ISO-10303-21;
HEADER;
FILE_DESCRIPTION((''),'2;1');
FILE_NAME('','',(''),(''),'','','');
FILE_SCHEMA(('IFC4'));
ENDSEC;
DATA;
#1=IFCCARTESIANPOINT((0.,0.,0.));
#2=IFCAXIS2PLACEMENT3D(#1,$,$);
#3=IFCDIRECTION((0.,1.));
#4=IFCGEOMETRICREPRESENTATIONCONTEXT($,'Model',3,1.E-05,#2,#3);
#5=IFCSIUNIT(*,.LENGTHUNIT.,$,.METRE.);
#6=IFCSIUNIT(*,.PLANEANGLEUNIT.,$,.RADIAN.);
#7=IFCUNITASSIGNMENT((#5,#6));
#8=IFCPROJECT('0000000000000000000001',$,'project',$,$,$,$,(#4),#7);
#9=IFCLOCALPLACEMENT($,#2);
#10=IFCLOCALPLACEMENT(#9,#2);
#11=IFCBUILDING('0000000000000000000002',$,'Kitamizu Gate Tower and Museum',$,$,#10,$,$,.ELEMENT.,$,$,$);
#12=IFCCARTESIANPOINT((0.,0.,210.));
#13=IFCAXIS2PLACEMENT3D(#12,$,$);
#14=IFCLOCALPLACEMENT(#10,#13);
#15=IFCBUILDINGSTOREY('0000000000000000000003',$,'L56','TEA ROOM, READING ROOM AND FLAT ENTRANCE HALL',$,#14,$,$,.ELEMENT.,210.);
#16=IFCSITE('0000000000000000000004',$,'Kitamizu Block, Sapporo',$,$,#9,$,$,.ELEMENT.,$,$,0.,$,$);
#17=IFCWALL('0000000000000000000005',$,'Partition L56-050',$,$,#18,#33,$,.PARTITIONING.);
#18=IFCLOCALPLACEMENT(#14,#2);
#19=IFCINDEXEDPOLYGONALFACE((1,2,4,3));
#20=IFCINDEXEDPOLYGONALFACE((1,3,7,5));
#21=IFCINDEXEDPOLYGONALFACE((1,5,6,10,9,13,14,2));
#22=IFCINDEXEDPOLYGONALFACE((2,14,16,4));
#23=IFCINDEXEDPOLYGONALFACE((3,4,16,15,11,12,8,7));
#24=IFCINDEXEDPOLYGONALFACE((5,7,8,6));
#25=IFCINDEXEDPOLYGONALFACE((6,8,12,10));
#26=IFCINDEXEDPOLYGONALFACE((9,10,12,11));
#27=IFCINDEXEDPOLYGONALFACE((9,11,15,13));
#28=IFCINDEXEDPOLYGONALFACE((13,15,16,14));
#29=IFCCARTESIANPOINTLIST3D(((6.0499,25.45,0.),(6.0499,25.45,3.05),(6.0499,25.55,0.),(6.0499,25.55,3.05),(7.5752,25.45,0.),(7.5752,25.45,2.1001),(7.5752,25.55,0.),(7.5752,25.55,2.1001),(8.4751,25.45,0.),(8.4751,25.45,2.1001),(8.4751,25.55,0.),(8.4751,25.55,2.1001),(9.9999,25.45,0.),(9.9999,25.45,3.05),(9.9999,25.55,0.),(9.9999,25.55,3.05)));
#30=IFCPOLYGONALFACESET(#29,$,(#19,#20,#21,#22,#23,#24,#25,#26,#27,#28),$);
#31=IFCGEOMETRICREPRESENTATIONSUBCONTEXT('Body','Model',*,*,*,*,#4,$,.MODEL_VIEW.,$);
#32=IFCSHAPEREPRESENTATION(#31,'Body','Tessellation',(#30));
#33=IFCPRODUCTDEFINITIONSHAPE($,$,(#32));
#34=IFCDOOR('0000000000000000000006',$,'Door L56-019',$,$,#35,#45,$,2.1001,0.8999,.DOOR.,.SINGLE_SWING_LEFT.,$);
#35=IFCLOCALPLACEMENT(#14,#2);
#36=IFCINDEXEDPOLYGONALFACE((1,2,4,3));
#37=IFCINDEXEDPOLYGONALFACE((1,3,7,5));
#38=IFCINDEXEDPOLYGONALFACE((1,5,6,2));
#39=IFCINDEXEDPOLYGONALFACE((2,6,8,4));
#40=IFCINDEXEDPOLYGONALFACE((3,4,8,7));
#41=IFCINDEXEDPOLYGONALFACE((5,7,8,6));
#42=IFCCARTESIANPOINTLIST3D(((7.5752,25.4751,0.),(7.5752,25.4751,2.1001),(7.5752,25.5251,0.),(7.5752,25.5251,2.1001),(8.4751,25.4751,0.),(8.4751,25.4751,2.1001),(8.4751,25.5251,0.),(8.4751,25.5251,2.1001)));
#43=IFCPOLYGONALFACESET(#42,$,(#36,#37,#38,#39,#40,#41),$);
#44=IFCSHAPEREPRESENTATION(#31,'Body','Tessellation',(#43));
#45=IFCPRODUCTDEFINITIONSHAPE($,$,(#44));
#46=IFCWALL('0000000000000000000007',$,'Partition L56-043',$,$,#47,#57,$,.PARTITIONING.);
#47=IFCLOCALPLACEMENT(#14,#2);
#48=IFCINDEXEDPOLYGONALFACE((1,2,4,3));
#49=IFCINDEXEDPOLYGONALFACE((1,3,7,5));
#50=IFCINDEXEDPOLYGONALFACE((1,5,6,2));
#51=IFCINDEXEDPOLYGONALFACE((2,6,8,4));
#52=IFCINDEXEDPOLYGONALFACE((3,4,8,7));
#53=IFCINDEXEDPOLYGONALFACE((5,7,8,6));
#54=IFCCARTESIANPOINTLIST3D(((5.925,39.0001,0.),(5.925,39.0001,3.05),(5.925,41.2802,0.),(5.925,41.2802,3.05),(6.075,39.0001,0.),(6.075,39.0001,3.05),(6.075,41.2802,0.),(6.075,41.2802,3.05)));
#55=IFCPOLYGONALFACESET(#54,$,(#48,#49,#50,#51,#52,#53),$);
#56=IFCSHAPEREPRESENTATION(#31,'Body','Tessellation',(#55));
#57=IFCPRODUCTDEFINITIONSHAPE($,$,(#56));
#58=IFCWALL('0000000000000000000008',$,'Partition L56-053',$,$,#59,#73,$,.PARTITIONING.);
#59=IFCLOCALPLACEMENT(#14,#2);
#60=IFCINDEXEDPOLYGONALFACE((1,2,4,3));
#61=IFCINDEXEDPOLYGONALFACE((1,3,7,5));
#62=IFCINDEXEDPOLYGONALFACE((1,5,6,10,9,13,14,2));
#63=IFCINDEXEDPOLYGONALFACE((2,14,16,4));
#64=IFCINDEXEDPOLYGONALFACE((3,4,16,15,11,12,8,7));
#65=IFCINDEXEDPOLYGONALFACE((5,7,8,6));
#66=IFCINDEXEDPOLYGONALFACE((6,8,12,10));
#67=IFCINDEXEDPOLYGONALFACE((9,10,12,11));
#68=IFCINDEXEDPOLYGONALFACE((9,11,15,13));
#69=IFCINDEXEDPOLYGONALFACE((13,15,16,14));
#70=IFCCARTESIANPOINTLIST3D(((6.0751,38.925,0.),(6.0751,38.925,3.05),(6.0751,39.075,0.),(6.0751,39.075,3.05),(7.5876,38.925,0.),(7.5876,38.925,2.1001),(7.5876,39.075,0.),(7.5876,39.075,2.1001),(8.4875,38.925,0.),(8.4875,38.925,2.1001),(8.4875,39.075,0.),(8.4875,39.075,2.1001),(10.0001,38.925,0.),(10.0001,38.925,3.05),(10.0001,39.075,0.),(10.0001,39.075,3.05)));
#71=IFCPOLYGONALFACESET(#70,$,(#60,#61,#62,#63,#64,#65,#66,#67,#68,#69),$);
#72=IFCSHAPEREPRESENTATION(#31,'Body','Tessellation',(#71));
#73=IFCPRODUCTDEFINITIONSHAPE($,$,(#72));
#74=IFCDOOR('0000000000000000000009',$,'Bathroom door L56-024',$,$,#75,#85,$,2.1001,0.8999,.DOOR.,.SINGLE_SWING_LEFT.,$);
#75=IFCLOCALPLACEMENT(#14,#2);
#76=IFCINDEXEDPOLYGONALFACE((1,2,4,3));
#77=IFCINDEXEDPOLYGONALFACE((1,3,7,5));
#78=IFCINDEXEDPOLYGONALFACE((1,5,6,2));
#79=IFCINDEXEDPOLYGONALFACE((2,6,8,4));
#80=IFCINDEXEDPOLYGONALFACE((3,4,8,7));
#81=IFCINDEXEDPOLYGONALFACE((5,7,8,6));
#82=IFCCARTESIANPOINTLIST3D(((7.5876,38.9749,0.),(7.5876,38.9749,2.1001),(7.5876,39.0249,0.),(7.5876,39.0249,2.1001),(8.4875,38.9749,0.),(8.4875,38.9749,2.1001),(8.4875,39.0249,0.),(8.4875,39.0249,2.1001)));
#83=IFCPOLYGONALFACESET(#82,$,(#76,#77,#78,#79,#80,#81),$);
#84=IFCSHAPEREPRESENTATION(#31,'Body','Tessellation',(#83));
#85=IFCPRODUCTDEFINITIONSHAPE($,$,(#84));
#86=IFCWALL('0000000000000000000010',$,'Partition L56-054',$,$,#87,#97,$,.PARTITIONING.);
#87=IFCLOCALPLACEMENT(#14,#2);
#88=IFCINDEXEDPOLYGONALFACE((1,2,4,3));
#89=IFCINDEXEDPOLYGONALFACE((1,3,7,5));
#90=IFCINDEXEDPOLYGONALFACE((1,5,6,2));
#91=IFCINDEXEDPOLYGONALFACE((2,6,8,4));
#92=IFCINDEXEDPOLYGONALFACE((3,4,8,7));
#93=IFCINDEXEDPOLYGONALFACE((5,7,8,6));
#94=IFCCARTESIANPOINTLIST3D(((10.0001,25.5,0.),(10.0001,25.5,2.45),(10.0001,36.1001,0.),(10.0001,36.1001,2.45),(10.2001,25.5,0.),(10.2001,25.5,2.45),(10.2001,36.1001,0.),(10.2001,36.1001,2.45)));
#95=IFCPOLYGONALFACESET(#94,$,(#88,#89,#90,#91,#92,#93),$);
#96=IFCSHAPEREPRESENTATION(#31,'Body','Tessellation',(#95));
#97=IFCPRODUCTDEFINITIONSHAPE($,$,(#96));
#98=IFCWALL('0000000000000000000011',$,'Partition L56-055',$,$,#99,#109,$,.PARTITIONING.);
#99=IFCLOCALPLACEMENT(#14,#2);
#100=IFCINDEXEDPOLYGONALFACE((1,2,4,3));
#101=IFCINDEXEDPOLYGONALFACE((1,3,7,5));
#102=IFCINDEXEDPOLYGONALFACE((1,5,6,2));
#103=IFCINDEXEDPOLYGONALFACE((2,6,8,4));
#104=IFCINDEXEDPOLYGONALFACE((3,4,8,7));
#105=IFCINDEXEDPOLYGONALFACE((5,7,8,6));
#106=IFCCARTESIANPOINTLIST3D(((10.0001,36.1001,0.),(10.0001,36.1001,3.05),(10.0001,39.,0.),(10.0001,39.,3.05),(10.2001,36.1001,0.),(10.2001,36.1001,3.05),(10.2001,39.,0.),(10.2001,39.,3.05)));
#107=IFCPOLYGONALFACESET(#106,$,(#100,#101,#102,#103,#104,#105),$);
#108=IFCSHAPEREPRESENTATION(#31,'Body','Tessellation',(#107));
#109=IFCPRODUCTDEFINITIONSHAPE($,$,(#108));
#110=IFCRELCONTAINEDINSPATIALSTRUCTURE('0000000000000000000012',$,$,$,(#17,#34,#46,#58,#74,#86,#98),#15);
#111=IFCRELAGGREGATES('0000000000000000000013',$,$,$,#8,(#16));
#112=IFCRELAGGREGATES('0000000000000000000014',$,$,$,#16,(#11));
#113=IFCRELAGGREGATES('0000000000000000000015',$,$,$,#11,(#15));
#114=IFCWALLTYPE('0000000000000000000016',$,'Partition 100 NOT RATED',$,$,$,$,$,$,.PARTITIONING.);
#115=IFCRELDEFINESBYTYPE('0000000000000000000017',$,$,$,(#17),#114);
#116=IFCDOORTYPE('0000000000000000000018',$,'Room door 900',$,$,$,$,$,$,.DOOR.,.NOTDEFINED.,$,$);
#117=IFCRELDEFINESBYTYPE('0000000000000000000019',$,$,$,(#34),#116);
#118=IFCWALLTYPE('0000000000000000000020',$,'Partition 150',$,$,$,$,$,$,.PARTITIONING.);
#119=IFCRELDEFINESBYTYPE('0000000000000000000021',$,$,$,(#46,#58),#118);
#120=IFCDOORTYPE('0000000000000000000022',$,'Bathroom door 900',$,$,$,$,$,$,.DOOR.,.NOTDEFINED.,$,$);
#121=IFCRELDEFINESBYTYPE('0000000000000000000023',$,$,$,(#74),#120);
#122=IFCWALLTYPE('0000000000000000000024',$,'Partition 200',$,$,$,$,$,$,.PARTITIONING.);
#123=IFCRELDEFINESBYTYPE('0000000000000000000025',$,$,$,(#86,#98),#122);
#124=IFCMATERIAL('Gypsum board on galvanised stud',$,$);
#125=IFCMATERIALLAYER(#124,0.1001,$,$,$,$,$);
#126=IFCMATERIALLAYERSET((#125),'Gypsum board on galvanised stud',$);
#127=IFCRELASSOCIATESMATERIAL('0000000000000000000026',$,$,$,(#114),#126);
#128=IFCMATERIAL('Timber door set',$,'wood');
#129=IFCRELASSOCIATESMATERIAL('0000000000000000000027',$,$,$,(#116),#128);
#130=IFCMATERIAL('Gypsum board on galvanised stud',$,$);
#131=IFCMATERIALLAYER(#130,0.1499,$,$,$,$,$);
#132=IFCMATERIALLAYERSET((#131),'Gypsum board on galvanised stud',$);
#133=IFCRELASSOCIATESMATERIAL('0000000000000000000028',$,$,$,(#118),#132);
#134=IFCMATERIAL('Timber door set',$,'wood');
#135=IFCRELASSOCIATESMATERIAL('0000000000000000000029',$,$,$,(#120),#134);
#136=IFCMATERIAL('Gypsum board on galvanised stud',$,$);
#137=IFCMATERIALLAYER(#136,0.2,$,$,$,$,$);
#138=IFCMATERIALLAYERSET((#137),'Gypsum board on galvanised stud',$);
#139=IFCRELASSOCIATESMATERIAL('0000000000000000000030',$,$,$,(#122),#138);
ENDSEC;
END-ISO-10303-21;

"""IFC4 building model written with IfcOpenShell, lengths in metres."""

from ifc_helpers import new_model, si_unit, direction, frame, frame_2d, origin, place, context, subcontext, project, spatial, rectangle, extrude, material, layer, layer_set, type_object, element, fill, save


model = new_model("IFC4")

# Units and contexts
model_context = context("Model", 3, precision=1e-05, world=origin(), true_north=direction((0.0, 1.0)))
body_context = subcontext(model_context, "Body", "Model", "MODEL_VIEW")
ifc_project = project(units=[si_unit("LENGTHUNIT", "METRE"), si_unit("PLANEANGLEUNIT", "RADIAN")], contexts=[model_context])

# Site, building, storey
site_placement = place(None, origin())
site = spatial("IfcSite", under=ifc_project, at=site_placement, Name="Kitamizu Block, Sapporo", CompositionType="ELEMENT", RefElevation=0.0)
building_placement = place(site_placement, origin())
building = spatial("IfcBuilding", under=site, at=building_placement, Name="Kitamizu Gate Tower and Museum", CompositionType="ELEMENT")
storey_placement = place(building_placement, frame((0.0, 0.0, 210.0)))
storey = spatial("IfcBuildingStorey", under=building, at=storey_placement, Name="L56", Description="TEA ROOM, READING ROOM AND FLAT ENTRANCE HALL", CompositionType="ELEMENT", Elevation=210.0)

# Shared definitions
ifc_material_1 = material(Name="Gypsum board on galvanised stud")
ifc_layer_1 = layer(ifc_material_1, 0.1001)
ifc_layer_set_1 = layer_set([ifc_layer_1], Name="Gypsum board on galvanised stud")
wall_type_1 = type_object("IfcWallType", Name="Partition 100 NOT RATED", PredefinedType="PARTITIONING", material=ifc_layer_set_1)
ifc_material_2 = material(Name="Timber door set", Category="wood")
door_type_1 = type_object("IfcDoorType", Name="Room door 900", OperationType="NOTDEFINED", PredefinedType="DOOR", material=ifc_material_2)

# Wall, opening, door
wall_1_placement = place(storey_placement, frame((10.0, 25.5, 0.0), z_axis=(0.0, 0.0, 1.0), x_axis=(-1.0, 0.0, 0.0)))
wall_1 = element("IfcWall", 1, at=wall_1_placement, inside=storey, type_object=wall_type_1, Name="Partition L56-050", PredefinedType="PARTITIONING", context=body_context, shape_type="SweptSolid", body=[
    extrude(rectangle(XDim=3.95, YDim=0.1001, at=frame_2d((1.9751, 0.0))), origin(), (0.0, 0.0, 1.0), 3.05),
])
opening_1_placement = place(wall_1_placement, frame((1.5249, 0.0, 0.0)))
opening_1 = element("IfcOpeningElement", 2, at=opening_1_placement, cuts=wall_1, PredefinedType="OPENING", context=body_context, shape_type="SweptSolid", body=[
    extrude(rectangle(XDim=0.8999, YDim=2.1001, at=frame_2d((0.45, 1.05))), frame((0.0, 0.0601, 0.0), z_axis=(0.0, -1.0, 0.0), x_axis=(1.0, 0.0, 0.0)), (0.0, 0.0, 1.0), 0.1201),
])
door_1_placement = place(opening_1_placement, origin())
door_1 = element("IfcDoor", 3, at=door_1_placement, inside=storey, type_object=door_type_1, Name="Door L56-019", OperationType="SINGLE_SWING_LEFT", OverallHeight=2.1001, OverallWidth=0.8999, PredefinedType="DOOR", context=body_context, shape_type="SweptSolid", body=[
    extrude(rectangle(XDim=0.8999, YDim=2.1001, at=frame_2d((0.45, 1.05))), frame((0.0, 0.0249, 0.0), z_axis=(0.0, -1.0, 0.0), x_axis=(1.0, 0.0, 0.0)), (0.0, 0.0, 1.0), 0.05),
])
fill(opening_1, door_1)

# Wall
ifc_material_3 = material(Name="Gypsum board on galvanised stud")
ifc_layer_2 = layer(ifc_material_3, 0.1499)
ifc_layer_set_2 = layer_set([ifc_layer_2], Name="Gypsum board on galvanised stud")
wall_type_2 = type_object("IfcWallType", Name="Partition 150", PredefinedType="PARTITIONING", material=ifc_layer_set_2)
wall_2_placement = place(storey_placement, frame((6.0, 39.0, 0.0), z_axis=(0.0, 0.0, 1.0), x_axis=(0.0, 1.0, 0.0)))
element("IfcWall", 4, at=wall_2_placement, inside=storey, type_object=wall_type_2, Name="Partition L56-043", PredefinedType="PARTITIONING", context=body_context, shape_type="SweptSolid", body=[
    extrude(rectangle(XDim=2.28, YDim=0.1499, at=frame_2d((1.1401, 0.0))), origin(), (0.0, 0.0, 1.0), 3.05),
])

# Wall, opening, door
wall_3_placement = place(storey_placement, frame((10.0, 39.0, 0.0), z_axis=(0.0, 0.0, 1.0), x_axis=(-1.0, 0.0, 0.0)))
wall_3 = element("IfcWall", 5, at=wall_3_placement, inside=storey, type_object=wall_type_2, Name="Partition L56-053", PredefinedType="PARTITIONING", context=body_context, shape_type="SweptSolid", body=[
    extrude(rectangle(XDim=3.925, YDim=0.1499, at=frame_2d((1.9624, 0.0))), origin(), (0.0, 0.0, 1.0), 3.05),
])
opening_2_placement = place(wall_3_placement, frame((1.5125, 0.0, 0.0)))
opening_2 = element("IfcOpeningElement", 6, at=opening_2_placement, cuts=wall_3, PredefinedType="OPENING", context=body_context, shape_type="SweptSolid", body=[
    extrude(rectangle(XDim=0.8999, YDim=2.1001, at=frame_2d((0.45, 1.05))), frame((0.0, 0.085, 0.0), z_axis=(0.0, -1.0, 0.0), x_axis=(1.0, 0.0, 0.0)), (0.0, 0.0, 1.0), 0.1699),
])
ifc_material_4 = material(Name="Timber door set", Category="wood")
door_type_2 = type_object("IfcDoorType", Name="Bathroom door 900", OperationType="NOTDEFINED", PredefinedType="DOOR", material=ifc_material_4)
door_2_placement = place(opening_2_placement, frame((0.8999, 0.0, 0.0), x_axis=(-1.0, 0.0, 0.0)))
door_2 = element("IfcDoor", 7, at=door_2_placement, inside=storey, type_object=door_type_2, Name="Bathroom door L56-024", OperationType="SINGLE_SWING_LEFT", OverallHeight=2.1001, OverallWidth=0.8999, PredefinedType="DOOR", context=body_context, shape_type="SweptSolid", body=[
    extrude(rectangle(XDim=0.8999, YDim=2.1001, at=frame_2d((0.45, 1.05))), frame((0.0, 0.0249, 0.0), z_axis=(0.0, -1.0, 0.0), x_axis=(1.0, 0.0, 0.0)), (0.0, 0.0, 1.0), 0.05),
])
fill(opening_2, door_2)

# Walls
ifc_material_5 = material(Name="Gypsum board on galvanised stud")
ifc_layer_3 = layer(ifc_material_5, 0.2)
ifc_layer_set_3 = layer_set([ifc_layer_3], Name="Gypsum board on galvanised stud")
wall_type_3 = type_object("IfcWallType", Name="Partition 200", PredefinedType="PARTITIONING", material=ifc_layer_set_3)
wall_4_placement = place(storey_placement, frame((10.1001, 25.5, 0.0), z_axis=(0.0, 0.0, 1.0), x_axis=(0.0, 1.0, 0.0)))
element("IfcWall", 8, at=wall_4_placement, inside=storey, type_object=wall_type_3, Name="Partition L56-054", PredefinedType="PARTITIONING", context=body_context, shape_type="SweptSolid", body=[
    extrude(rectangle(XDim=10.6001, YDim=0.2, at=frame_2d((5.3, 0.0))), origin(), (0.0, 0.0, 1.0), 2.45),
])
wall_5_placement = place(storey_placement, frame((10.1001, 36.1001, 0.0), z_axis=(0.0, 0.0, 1.0), x_axis=(0.0, 1.0, 0.0)))
element("IfcWall", 9, at=wall_5_placement, inside=storey, type_object=wall_type_3, Name="Partition L56-055", PredefinedType="PARTITIONING", context=body_context, shape_type="SweptSolid", body=[
    extrude(rectangle(XDim=2.8999, YDim=0.2, at=frame_2d((1.45, 0.0))), origin(), (0.0, 0.0, 1.0), 3.05),
])

save(model, "model.ifc")
